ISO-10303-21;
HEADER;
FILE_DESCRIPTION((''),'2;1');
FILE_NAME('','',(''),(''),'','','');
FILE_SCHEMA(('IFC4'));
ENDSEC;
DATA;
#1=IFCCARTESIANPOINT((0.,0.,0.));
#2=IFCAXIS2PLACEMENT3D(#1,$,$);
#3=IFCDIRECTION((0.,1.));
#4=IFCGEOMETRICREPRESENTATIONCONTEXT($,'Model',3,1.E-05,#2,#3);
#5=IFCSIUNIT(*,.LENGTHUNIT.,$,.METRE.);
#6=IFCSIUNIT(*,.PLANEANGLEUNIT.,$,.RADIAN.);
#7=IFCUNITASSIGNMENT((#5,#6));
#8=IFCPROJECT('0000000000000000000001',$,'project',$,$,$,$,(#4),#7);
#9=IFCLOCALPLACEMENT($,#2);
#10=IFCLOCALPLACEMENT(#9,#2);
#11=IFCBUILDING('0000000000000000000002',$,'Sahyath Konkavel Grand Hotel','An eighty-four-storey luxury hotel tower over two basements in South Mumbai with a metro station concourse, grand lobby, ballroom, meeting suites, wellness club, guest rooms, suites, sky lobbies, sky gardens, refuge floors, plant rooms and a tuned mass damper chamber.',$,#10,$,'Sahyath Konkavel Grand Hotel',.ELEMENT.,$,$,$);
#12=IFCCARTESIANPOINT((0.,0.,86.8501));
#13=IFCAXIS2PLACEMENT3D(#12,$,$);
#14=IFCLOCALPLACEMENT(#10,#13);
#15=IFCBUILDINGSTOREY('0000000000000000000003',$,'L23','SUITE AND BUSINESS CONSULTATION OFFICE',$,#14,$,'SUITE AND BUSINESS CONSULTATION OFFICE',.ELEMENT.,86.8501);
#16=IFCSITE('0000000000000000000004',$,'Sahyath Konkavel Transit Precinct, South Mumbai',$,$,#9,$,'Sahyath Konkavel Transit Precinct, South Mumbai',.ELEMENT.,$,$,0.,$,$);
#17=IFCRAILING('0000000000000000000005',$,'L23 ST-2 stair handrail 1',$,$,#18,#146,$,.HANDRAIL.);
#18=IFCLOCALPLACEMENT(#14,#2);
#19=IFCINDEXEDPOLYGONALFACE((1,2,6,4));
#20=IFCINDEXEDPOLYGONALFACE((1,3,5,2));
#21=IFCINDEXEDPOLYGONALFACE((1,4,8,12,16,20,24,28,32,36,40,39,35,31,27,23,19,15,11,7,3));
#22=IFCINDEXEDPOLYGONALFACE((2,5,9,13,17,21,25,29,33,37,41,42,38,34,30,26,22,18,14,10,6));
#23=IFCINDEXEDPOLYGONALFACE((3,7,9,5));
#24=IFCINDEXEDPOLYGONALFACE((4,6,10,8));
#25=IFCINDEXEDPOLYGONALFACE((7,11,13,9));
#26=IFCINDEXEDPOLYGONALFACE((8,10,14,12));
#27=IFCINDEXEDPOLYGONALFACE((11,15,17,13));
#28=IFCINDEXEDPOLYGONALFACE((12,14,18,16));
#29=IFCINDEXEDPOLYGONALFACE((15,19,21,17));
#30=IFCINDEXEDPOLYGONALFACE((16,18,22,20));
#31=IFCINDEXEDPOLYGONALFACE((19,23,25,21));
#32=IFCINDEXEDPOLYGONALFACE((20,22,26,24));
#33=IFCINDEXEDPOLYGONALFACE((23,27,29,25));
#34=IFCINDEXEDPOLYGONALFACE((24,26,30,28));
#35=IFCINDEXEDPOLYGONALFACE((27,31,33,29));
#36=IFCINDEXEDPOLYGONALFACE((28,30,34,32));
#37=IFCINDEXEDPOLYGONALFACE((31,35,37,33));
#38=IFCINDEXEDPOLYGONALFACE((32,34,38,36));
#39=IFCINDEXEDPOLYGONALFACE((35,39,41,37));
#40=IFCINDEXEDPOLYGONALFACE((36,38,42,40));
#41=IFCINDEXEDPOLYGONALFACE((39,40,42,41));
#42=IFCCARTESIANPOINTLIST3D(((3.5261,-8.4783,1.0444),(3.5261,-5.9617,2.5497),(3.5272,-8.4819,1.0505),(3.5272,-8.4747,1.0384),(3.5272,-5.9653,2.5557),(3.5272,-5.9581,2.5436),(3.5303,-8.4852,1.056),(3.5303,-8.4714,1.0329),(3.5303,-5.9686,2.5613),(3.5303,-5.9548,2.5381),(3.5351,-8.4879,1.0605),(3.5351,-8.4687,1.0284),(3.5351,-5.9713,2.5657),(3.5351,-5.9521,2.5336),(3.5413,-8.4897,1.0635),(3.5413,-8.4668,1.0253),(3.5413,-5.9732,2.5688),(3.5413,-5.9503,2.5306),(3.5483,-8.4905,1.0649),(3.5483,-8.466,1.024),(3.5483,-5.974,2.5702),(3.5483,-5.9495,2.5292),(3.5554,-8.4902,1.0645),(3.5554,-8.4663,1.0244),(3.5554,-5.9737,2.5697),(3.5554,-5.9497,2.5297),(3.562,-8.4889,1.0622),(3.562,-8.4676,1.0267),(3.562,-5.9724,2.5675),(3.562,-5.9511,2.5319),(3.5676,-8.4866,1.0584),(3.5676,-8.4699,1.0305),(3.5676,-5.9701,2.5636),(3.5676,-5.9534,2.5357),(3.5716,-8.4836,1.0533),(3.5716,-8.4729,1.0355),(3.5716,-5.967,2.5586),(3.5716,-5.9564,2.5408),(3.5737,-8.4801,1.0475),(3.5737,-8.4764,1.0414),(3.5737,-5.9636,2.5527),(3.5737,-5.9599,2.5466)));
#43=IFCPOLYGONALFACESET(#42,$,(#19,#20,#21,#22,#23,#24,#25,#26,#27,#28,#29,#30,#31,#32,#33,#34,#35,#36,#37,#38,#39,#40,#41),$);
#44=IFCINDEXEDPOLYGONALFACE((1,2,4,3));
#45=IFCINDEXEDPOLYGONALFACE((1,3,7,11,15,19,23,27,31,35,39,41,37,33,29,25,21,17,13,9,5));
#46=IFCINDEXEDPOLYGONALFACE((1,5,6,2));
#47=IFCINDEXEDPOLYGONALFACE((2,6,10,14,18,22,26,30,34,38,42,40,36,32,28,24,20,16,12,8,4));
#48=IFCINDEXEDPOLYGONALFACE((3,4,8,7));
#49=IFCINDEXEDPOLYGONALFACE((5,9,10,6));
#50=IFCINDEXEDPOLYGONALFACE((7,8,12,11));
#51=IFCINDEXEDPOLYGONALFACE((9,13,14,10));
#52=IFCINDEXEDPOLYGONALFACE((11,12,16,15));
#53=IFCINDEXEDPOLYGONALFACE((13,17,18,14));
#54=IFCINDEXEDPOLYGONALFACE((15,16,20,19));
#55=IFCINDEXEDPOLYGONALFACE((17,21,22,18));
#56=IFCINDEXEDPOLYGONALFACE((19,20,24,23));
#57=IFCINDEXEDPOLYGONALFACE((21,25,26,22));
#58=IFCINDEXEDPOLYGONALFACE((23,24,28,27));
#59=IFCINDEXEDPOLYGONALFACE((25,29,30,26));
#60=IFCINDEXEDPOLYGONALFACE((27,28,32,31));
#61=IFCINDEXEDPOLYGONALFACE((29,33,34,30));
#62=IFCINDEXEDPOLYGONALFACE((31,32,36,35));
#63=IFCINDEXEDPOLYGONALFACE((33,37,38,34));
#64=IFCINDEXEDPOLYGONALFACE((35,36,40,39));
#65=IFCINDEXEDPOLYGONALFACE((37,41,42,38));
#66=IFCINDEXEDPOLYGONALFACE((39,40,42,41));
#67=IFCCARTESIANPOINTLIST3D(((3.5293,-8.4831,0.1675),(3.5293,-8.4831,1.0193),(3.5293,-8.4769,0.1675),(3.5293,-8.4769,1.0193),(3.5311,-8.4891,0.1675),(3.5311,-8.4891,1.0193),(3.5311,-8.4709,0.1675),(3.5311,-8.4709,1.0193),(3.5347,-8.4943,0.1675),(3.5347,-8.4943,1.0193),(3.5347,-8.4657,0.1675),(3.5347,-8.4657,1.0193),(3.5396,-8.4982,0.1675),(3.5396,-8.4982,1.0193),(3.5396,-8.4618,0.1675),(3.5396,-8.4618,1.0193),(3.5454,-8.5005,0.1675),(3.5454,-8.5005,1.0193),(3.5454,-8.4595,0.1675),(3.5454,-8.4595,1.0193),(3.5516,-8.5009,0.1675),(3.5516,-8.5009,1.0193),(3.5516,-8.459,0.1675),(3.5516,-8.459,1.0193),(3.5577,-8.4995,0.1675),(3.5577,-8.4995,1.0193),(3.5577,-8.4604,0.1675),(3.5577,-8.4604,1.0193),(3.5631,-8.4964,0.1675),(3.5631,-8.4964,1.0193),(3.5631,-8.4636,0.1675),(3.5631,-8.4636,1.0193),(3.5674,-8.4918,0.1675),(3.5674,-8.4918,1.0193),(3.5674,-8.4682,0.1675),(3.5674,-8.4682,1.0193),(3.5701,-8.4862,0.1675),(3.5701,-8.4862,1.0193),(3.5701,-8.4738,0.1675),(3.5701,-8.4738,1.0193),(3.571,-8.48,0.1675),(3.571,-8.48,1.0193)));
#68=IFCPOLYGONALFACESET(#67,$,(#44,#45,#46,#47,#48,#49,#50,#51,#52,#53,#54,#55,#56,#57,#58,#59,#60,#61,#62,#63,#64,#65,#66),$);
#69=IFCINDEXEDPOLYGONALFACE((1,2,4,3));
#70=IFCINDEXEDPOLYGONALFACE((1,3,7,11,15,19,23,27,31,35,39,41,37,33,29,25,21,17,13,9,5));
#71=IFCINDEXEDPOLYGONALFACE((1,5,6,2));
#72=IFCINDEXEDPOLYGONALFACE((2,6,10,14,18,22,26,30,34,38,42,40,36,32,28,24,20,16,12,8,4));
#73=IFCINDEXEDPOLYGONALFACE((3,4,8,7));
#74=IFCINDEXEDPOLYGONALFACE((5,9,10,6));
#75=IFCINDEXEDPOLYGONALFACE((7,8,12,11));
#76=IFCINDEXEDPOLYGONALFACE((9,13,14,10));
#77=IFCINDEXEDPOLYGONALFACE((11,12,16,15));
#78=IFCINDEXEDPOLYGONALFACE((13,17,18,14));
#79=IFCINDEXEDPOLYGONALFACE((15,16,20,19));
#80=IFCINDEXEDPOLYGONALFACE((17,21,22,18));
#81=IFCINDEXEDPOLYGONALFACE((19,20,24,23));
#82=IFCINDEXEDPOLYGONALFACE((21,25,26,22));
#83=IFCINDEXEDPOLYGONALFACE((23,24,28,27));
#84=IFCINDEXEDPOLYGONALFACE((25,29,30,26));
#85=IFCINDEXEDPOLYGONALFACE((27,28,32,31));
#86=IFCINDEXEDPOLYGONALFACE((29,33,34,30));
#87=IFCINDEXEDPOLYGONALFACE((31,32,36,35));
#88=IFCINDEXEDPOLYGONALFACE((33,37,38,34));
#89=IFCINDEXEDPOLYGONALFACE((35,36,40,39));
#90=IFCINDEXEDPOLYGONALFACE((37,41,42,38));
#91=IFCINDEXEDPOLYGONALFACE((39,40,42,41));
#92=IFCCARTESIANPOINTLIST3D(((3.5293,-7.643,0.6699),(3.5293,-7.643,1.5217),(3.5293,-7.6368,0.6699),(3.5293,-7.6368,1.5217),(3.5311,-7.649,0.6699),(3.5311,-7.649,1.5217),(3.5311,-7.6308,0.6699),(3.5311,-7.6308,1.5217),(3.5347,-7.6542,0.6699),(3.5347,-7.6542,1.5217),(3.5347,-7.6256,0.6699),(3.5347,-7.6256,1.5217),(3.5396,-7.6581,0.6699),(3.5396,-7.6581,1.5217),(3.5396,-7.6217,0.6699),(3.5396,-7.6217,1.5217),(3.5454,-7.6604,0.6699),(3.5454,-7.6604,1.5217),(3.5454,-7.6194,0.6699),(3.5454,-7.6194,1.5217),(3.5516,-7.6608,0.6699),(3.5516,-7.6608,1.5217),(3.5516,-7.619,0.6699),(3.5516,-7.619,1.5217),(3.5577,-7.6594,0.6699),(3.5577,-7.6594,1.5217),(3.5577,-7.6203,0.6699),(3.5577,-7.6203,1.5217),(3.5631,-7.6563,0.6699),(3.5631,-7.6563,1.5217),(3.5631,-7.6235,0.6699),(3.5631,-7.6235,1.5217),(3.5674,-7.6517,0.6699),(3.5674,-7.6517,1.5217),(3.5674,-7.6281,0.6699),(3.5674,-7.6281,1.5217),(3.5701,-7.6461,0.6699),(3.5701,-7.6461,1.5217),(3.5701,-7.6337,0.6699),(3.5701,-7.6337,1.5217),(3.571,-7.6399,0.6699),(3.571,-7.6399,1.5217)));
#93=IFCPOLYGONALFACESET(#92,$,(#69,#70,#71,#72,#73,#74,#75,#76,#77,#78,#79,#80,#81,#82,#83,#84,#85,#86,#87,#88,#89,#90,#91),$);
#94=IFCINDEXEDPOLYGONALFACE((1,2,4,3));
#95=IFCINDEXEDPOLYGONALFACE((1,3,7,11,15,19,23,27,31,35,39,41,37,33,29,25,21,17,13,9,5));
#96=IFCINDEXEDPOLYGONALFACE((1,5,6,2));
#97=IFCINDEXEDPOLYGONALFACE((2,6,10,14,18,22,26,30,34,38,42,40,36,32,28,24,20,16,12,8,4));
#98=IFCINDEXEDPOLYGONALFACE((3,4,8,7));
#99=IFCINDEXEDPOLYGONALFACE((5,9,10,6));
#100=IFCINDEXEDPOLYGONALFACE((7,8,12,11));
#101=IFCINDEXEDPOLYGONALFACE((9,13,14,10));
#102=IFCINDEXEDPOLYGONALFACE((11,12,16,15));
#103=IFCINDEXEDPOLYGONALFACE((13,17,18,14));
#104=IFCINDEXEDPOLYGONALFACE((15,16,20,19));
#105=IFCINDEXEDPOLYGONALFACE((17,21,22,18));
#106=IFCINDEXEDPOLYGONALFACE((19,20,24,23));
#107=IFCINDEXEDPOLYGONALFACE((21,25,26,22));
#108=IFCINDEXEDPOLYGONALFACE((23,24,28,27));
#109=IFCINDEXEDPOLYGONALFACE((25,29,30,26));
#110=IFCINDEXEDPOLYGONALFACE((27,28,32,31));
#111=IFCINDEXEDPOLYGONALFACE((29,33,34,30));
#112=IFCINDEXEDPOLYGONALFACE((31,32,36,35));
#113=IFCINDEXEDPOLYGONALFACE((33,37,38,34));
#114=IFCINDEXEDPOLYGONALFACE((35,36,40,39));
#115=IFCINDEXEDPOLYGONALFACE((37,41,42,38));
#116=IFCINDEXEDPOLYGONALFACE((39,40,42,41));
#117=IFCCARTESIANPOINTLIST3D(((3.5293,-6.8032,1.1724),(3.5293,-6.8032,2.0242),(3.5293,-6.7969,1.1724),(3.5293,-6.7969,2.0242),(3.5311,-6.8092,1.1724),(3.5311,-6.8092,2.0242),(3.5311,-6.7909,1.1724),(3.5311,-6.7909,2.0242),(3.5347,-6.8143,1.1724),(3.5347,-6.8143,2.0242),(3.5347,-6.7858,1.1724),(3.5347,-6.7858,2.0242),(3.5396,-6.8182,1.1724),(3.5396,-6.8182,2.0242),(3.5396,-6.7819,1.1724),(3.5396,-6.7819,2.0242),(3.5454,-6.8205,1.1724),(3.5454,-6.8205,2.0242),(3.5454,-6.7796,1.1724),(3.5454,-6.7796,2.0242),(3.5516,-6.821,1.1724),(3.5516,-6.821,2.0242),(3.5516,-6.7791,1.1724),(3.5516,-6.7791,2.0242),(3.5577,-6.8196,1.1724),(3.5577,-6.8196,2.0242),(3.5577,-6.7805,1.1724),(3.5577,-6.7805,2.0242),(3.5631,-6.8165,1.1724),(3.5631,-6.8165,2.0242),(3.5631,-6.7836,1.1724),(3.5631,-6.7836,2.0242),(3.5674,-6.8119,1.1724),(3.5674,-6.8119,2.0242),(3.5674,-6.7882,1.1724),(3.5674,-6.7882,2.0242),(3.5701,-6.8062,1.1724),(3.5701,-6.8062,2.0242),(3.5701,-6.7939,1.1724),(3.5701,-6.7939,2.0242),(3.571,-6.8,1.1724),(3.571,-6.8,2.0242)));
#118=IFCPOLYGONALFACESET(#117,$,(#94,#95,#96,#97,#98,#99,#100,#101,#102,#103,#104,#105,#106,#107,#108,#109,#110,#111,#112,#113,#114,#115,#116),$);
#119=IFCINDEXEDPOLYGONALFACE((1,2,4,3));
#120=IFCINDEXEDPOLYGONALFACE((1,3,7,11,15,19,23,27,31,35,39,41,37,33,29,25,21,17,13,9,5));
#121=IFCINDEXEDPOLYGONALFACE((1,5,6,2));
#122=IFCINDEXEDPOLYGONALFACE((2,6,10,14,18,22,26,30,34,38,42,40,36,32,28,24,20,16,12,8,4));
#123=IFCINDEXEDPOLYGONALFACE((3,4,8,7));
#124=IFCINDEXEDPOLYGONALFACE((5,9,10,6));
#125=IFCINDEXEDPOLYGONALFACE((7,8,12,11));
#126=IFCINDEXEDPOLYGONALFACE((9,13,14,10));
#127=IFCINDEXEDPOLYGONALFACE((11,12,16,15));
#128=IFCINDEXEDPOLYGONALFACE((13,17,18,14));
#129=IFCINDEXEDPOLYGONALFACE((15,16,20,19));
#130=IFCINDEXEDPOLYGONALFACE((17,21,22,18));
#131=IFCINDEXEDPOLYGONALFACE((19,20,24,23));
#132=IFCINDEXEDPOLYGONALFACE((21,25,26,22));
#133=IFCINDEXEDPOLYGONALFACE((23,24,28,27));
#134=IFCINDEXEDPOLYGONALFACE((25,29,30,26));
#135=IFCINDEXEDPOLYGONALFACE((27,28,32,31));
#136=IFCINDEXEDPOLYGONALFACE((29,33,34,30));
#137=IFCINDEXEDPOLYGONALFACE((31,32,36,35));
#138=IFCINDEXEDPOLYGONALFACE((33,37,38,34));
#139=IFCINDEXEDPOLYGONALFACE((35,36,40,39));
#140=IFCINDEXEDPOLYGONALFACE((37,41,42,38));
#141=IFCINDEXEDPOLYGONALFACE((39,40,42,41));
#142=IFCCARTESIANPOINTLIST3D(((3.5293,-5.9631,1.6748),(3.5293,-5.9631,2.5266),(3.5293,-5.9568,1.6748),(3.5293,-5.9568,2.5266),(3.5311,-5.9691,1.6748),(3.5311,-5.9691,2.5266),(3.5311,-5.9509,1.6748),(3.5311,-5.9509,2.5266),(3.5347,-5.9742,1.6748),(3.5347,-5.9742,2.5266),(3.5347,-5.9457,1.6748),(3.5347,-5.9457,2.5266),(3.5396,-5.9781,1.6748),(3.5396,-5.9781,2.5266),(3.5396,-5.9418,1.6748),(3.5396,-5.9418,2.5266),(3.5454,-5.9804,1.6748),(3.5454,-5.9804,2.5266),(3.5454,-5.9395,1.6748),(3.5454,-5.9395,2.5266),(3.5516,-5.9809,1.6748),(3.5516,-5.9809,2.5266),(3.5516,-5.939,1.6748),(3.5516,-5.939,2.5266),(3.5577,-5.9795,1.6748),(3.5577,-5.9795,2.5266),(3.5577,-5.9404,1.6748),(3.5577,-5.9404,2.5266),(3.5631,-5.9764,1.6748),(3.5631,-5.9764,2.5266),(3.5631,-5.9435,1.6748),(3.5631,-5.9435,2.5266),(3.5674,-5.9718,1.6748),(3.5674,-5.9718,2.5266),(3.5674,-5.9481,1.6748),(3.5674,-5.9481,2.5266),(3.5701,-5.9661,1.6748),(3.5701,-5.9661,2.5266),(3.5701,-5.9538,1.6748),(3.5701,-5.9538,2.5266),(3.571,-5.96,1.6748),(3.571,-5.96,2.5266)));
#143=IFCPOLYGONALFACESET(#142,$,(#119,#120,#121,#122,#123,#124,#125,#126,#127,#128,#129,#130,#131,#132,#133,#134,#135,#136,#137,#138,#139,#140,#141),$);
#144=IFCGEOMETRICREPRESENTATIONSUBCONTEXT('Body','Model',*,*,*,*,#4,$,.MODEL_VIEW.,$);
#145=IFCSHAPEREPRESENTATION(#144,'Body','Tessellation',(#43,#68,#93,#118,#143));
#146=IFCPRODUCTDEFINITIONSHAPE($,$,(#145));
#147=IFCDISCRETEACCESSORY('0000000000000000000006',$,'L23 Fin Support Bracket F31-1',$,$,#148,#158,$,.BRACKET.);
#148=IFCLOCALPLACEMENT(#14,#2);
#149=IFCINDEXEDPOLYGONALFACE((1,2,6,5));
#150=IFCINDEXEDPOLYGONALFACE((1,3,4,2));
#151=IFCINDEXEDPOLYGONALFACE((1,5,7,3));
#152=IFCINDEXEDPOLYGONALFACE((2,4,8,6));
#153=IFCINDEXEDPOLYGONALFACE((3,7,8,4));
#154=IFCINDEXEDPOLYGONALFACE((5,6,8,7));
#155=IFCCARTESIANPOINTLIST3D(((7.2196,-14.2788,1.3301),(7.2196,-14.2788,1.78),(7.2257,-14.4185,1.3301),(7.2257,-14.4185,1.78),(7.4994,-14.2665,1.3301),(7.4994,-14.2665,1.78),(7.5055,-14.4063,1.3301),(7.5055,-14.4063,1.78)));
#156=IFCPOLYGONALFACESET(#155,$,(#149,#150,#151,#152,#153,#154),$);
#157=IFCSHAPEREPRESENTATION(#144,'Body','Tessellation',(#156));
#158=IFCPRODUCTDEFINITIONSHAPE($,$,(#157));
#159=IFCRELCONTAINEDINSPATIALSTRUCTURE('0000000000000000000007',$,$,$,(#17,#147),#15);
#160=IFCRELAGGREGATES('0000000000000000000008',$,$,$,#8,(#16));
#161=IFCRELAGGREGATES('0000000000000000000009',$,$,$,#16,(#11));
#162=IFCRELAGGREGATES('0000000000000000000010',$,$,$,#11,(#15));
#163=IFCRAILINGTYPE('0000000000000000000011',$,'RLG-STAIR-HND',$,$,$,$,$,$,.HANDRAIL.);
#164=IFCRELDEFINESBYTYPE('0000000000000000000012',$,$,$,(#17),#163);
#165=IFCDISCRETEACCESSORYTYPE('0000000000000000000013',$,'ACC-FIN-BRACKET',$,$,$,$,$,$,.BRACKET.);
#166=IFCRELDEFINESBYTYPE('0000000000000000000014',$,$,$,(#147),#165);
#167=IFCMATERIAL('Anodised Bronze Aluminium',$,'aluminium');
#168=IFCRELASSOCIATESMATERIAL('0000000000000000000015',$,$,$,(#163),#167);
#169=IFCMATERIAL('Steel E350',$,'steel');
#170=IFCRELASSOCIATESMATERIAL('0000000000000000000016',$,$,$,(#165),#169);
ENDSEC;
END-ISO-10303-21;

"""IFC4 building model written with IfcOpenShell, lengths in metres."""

from ifc_helpers import new_model, si_unit, direction, frame, origin, origin_2d, place, context, subcontext, project, spatial, rectangle, circle, extrude, source, transform, mapped, material, type_object, element, save


model = new_model("IFC4")

# Units and contexts
model_context = context("Model", 3, precision=1e-05, world=origin(), true_north=direction((0.0, 1.0)))
body_context = subcontext(model_context, "Body", "Model", "MODEL_VIEW")
ifc_project = project(units=[si_unit("LENGTHUNIT", "METRE"), si_unit("PLANEANGLEUNIT", "RADIAN")], contexts=[model_context])

# Site, building, storey
site_placement = place(None, origin())
site = spatial("IfcSite", under=ifc_project, at=site_placement, Name="Sahyath Konkavel Transit Precinct, South Mumbai", LongName="Sahyath Konkavel Transit Precinct, South Mumbai", CompositionType="ELEMENT", RefElevation=0.0)
building_placement = place(site_placement, origin())
building = spatial("IfcBuilding", under=site, at=building_placement, Name="Sahyath Konkavel Grand Hotel", Description="An eighty-four-storey luxury hotel tower over two basements in South Mumbai with a metro station concourse, grand lobby, ballroom, meeting suites, wellness club, guest rooms, suites, sky lobbies, sky gardens, refuge floors, plant rooms and a tuned mass damper chamber.", LongName="Sahyath Konkavel Grand Hotel", CompositionType="ELEMENT")
storey_placement = place(building_placement, frame((0.0, 0.0, 86.8501)))
storey = spatial("IfcBuildingStorey", under=building, at=storey_placement, Name="L23", Description="SUITE AND BUSINESS CONSULTATION OFFICE", LongName="SUITE AND BUSINESS CONSULTATION OFFICE", CompositionType="ELEMENT", Elevation=86.8501)

# Shared definitions
ifc_material_1 = material(Name="Steel E350", Category="steel")

# Shared definitions
ifc_material_2 = material(Name="Anodised Bronze Aluminium", Category="aluminium")

# Railing
railing_type_1 = type_object("IfcRailingType", Name="RLG-STAIR-HND", PredefinedType="HANDRAIL", material=ifc_material_2)
railing_1_placement = place(storey_placement, frame((3.55, -8.48, 0.1675)))
element("IfcRailing", 1, at=railing_1_placement, inside=storey, type_object=railing_type_1, Name="L23 ST-2 stair handrail 1", PredefinedType="HANDRAIL", context=body_context, shape_type="SweptSolid", body=[
    extrude(circle(Radius=0.0239, at=origin_2d()), frame((0.0, 0.0017, 0.877), z_axis=(0.0, 0.858196, 0.513321), x_axis=(-1.0, 0.0, 0.0)), (0.0, 0.0, 1.0), 2.9324),
    extrude(circle(Radius=0.021, at=origin_2d()), origin(), (0.0, 0.0, 1.0), 0.8518),
    extrude(circle(Radius=0.021, at=origin_2d()), frame((0.0, 0.8401, 0.5024)), (0.0, 0.0, 1.0), 0.8518),
    extrude(circle(Radius=0.021, at=origin_2d()), frame((0.0, 1.6799, 1.0049)), (0.0, 0.0, 1.0), 0.8518),
    extrude(circle(Radius=0.021, at=origin_2d()), frame((0.0, 2.52, 1.5073)), (0.0, 0.0, 1.0), 0.8518),
])

# Discrete accessory
discrete_accessory_type = type_object("IfcDiscreteAccessoryType", Name="ACC-FIN-BRACKET", PredefinedType="BRACKET", material=ifc_material_1)
shared_shape_1 = source(origin(), body_context, "Body", "SweptSolid", [
    extrude(rectangle(XDim=0.28, YDim=0.1399, at=origin_2d()), origin(), (0.0, 0.0, 1.0), 0.45),
])
discrete_accessory_placement = place(storey_placement, frame((7.3625, -14.3425, 1.3301), z_axis=(0.0, 0.0, 1.0), x_axis=(0.999048, 0.043619, 0.0)))
element("IfcDiscreteAccessory", 2, at=discrete_accessory_placement, inside=storey, type_object=discrete_accessory_type, Name="L23 Fin Support Bracket F31-1", PredefinedType="BRACKET", context=body_context, shape_type="MappedRepresentation", body=[
    mapped(shared_shape_1, transform((0.0, 0.0, 0.0), scale=1.0)),
])

save(model, "model.ifc")
